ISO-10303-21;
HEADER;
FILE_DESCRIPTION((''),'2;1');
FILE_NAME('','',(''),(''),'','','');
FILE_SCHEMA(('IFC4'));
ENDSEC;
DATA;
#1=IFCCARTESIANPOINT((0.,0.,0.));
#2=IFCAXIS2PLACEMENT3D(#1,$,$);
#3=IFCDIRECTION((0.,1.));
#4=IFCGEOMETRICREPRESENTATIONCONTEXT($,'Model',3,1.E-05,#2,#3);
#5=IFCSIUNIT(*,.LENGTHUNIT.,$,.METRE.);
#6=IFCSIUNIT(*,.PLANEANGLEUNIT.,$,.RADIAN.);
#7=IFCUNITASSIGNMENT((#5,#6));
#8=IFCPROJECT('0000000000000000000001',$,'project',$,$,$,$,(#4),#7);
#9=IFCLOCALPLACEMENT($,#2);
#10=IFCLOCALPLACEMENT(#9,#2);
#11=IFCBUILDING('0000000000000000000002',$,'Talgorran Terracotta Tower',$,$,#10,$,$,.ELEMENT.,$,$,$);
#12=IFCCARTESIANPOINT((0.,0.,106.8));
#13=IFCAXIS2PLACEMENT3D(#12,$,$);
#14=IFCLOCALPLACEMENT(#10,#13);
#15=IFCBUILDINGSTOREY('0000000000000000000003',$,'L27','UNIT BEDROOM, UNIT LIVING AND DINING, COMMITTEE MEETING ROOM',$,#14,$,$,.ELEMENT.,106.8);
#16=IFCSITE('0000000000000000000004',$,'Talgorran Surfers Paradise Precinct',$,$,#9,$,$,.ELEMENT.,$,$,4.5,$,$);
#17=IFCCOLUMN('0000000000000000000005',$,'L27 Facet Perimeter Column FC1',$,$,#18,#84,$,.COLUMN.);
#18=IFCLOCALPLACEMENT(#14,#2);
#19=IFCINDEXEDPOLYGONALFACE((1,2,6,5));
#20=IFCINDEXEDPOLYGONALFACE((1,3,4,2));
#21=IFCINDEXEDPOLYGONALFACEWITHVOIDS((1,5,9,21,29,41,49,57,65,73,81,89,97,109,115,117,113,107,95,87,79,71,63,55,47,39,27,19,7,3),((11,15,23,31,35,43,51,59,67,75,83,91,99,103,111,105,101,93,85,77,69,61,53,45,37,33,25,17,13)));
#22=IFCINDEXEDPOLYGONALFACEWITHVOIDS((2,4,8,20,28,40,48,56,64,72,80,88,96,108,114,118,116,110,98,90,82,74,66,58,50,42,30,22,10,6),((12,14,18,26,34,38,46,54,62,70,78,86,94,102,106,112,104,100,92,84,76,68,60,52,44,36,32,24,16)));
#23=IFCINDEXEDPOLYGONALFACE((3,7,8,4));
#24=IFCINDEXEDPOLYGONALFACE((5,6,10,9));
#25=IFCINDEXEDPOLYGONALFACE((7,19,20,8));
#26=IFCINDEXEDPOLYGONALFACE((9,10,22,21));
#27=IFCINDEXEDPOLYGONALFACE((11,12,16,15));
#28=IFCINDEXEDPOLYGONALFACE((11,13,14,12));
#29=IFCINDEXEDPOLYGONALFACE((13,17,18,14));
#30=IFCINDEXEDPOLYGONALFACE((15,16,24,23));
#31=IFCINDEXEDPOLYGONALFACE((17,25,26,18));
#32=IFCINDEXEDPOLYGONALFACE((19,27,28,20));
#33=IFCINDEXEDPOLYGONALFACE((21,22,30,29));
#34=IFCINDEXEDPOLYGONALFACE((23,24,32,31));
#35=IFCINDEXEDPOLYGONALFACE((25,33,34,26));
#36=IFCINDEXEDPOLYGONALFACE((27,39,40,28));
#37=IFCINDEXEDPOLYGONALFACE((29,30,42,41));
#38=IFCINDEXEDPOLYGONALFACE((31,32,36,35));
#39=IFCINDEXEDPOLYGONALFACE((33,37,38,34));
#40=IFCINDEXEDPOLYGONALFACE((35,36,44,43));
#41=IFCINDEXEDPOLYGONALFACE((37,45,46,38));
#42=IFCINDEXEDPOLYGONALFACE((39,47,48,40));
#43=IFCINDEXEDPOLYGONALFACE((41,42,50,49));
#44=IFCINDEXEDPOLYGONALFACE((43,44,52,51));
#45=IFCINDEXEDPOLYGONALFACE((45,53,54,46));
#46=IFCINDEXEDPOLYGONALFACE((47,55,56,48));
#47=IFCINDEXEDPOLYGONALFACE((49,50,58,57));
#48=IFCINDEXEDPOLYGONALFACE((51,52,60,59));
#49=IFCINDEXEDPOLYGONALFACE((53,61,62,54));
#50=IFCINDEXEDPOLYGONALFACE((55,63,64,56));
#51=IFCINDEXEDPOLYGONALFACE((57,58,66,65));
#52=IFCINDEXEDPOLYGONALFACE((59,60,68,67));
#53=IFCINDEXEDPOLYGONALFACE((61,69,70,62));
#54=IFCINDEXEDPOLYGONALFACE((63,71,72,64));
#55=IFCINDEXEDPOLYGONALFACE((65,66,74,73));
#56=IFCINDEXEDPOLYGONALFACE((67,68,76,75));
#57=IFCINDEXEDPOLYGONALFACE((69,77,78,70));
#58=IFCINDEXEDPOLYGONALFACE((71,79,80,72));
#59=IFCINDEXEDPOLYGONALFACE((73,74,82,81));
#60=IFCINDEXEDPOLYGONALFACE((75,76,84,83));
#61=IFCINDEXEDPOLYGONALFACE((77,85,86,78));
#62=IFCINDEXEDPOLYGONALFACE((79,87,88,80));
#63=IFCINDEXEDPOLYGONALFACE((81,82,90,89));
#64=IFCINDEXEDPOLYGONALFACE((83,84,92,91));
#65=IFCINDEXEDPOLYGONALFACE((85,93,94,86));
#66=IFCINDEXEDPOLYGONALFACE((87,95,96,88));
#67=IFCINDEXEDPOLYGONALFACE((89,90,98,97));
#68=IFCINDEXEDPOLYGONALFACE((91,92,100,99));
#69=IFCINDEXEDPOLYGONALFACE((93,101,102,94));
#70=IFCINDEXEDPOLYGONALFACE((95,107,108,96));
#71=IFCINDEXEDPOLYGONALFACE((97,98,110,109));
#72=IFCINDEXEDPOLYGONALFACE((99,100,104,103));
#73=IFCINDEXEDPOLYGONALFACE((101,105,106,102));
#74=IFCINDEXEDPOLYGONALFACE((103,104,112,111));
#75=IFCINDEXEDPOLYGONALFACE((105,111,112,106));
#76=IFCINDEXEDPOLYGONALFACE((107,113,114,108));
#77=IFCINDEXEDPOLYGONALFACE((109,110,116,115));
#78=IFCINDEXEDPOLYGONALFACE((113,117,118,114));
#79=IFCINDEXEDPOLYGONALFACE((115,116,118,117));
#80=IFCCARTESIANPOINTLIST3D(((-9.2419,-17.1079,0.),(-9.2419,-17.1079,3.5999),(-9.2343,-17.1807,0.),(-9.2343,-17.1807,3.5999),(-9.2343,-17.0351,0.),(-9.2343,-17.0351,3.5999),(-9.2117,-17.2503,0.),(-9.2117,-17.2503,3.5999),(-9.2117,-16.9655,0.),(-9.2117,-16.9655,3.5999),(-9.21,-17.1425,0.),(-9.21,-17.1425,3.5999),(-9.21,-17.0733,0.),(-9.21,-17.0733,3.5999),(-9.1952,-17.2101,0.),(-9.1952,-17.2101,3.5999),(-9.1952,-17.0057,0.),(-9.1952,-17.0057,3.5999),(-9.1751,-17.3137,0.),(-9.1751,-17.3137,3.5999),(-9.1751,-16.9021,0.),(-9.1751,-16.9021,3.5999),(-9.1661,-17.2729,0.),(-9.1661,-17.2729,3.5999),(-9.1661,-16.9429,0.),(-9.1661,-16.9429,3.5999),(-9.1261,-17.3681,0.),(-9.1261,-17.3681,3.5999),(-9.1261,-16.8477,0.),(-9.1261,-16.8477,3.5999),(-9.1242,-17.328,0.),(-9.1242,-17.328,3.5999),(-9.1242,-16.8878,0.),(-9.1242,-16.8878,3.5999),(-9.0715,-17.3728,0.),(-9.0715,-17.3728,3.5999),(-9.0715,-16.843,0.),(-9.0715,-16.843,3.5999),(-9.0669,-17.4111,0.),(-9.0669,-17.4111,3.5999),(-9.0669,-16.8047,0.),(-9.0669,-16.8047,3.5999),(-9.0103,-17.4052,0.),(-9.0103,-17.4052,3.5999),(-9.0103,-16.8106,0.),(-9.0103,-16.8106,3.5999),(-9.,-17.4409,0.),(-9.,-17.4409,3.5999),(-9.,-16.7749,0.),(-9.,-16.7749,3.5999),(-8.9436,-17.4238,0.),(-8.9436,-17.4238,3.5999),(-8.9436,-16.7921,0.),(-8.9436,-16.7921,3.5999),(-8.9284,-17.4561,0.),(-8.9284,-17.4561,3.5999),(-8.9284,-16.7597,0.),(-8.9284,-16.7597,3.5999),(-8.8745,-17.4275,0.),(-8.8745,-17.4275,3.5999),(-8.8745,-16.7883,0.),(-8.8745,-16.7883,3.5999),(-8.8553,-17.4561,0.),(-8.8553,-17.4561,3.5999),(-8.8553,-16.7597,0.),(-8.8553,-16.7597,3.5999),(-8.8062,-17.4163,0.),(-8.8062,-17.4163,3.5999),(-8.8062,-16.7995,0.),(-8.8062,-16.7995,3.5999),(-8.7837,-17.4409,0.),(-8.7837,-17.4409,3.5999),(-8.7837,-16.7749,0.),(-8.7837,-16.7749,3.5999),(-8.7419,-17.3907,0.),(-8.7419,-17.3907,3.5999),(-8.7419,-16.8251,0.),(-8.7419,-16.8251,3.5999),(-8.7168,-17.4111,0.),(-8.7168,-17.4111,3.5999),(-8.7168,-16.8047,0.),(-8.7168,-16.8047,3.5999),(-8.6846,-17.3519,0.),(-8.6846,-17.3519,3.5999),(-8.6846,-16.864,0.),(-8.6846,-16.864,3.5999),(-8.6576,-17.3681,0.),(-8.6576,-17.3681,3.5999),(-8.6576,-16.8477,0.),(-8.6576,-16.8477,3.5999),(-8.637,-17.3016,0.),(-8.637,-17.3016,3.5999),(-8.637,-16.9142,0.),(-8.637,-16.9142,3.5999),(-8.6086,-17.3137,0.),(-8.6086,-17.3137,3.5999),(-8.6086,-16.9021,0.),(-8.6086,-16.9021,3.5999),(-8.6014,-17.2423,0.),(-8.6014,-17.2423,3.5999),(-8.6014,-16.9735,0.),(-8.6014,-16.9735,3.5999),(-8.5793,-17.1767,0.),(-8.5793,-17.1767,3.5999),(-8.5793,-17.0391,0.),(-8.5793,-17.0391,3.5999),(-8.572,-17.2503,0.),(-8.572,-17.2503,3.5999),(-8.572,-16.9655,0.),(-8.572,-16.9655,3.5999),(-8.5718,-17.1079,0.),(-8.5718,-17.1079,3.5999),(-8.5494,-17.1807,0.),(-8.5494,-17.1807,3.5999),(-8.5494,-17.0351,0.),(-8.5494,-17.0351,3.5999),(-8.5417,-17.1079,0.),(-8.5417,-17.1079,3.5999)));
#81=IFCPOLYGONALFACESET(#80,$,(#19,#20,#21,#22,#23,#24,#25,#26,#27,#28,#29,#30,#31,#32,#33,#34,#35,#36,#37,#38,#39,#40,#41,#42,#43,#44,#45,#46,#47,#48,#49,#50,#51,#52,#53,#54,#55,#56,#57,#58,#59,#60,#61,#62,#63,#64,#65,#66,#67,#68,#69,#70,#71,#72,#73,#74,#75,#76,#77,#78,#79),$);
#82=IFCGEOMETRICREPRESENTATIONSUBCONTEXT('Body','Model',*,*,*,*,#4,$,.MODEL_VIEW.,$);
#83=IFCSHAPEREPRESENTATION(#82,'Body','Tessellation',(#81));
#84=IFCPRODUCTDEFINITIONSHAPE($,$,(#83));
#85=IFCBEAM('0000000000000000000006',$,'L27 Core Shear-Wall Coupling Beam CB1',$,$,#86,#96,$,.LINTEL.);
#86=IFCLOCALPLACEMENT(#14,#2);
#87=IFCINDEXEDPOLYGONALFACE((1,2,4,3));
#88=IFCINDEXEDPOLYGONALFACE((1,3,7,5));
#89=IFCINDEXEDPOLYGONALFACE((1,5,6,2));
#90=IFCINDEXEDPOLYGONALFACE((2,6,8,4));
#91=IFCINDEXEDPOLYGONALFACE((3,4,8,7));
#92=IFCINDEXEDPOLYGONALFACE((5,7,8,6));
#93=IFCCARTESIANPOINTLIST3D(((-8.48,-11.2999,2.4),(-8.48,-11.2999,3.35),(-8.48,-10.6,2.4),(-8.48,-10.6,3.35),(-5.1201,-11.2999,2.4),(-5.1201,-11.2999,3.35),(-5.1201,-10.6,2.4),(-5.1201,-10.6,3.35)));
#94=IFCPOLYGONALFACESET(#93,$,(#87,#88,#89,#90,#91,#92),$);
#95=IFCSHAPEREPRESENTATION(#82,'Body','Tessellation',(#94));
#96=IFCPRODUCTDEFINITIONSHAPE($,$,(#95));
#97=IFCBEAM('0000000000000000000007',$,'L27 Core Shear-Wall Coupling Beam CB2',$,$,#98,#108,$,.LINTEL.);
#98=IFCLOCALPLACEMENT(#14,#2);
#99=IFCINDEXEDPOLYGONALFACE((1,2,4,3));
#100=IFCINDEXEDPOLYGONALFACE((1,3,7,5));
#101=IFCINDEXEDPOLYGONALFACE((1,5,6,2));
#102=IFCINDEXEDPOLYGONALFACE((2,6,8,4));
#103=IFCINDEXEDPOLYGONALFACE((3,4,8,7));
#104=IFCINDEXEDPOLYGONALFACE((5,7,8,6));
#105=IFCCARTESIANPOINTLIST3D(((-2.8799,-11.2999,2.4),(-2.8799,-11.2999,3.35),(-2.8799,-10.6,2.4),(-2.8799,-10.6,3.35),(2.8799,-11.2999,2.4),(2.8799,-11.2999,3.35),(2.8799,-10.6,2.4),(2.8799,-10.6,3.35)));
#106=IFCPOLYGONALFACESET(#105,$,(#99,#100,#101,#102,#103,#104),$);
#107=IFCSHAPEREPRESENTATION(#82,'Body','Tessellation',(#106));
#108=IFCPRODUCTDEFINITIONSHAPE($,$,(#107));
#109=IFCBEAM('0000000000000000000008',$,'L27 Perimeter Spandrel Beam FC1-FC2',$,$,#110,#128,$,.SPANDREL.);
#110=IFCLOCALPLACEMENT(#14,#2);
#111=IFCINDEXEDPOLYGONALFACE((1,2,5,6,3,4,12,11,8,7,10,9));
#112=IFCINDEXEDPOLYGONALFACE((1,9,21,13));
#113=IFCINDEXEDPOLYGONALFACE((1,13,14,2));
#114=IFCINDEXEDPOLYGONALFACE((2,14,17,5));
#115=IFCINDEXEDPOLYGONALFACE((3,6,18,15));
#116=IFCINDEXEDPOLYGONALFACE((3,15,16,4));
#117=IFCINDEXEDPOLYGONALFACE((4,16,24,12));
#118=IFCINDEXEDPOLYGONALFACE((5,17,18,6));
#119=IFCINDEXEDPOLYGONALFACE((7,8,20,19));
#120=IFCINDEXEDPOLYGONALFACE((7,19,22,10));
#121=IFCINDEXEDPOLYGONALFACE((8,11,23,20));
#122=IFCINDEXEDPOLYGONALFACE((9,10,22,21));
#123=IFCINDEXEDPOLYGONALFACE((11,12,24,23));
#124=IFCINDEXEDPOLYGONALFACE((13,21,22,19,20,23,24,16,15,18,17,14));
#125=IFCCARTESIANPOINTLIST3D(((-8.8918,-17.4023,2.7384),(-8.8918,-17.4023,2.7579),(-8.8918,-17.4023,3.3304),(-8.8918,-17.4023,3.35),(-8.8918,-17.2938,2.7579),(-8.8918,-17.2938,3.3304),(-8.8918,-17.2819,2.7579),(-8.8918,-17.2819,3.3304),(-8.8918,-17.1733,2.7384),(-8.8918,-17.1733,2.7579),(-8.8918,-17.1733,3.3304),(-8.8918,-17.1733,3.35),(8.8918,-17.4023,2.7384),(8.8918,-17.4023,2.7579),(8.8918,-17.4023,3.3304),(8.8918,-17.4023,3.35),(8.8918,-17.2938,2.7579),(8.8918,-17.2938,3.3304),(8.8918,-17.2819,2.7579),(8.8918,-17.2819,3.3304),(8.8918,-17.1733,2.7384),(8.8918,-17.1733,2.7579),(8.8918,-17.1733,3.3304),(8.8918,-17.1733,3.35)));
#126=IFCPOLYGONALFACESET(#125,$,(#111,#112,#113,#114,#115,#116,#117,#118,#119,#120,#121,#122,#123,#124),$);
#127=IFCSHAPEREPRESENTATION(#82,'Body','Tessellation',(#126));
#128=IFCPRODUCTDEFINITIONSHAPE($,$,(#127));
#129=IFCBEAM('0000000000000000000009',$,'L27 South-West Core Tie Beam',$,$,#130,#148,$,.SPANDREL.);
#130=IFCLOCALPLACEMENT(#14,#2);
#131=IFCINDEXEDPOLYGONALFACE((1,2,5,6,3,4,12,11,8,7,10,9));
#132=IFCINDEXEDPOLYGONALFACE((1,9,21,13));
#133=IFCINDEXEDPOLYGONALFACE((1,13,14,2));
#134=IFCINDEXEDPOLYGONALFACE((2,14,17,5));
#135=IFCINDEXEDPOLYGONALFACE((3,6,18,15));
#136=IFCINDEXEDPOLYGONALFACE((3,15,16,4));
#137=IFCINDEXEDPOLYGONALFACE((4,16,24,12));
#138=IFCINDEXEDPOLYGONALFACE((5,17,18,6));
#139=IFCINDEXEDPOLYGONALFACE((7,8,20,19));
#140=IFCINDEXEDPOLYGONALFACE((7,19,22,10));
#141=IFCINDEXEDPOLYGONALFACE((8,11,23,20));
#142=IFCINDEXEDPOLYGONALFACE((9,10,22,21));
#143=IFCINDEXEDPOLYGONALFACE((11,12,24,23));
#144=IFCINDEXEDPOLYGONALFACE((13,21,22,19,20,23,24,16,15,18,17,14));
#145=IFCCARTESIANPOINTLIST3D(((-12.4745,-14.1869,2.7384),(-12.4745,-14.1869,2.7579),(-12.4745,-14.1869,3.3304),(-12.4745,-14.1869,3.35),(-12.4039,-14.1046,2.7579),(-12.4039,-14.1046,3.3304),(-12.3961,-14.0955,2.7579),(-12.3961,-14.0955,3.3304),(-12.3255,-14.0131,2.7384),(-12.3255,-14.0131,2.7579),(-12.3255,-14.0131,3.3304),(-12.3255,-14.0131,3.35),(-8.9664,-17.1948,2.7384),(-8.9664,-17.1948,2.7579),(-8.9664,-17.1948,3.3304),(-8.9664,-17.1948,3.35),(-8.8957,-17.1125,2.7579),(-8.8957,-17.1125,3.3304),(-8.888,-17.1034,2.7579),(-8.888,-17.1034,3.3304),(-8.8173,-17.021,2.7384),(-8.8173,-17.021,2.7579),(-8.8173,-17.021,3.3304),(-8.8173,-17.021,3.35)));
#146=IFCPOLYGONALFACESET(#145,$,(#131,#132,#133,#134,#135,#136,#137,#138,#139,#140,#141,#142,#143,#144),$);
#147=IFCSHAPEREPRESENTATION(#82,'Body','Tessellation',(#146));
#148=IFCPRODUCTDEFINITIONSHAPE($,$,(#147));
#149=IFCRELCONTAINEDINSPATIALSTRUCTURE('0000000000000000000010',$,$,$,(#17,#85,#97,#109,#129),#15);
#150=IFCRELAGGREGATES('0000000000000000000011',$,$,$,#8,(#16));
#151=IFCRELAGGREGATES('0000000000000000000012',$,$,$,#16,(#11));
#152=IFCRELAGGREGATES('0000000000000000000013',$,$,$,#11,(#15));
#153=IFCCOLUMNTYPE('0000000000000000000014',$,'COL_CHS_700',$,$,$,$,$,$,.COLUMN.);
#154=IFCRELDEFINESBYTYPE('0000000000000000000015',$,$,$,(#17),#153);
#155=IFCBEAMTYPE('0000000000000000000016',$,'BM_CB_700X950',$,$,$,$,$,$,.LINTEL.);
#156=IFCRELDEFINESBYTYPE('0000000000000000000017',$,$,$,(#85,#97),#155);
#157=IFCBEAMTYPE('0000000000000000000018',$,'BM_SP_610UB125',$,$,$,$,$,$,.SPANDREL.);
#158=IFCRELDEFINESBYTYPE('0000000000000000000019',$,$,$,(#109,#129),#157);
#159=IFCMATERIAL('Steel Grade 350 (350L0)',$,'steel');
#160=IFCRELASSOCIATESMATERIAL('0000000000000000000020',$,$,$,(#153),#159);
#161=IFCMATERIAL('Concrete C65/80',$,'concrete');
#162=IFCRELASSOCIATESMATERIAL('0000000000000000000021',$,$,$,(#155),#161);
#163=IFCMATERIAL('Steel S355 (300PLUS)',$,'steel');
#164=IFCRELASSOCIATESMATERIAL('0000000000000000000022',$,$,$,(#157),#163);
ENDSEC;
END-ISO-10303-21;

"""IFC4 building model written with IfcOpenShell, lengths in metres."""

from ifc_helpers import new_model, si_unit, direction, frame, origin, origin_2d, place, context, subcontext, project, spatial, rectangle, hollow_circle, i_section, extrude, material, material_profile, profile_set, type_object, element, save


model = new_model("IFC4")

# Units and contexts
model_context = context("Model", 3, precision=1e-05, world=origin(), true_north=direction((0.0, 1.0)))
body_context = subcontext(model_context, "Body", "Model", "MODEL_VIEW")
ifc_project = project(units=[si_unit("LENGTHUNIT", "METRE"), si_unit("PLANEANGLEUNIT", "RADIAN")], contexts=[model_context])

# Site, building, storey
site_placement = place(None, origin())
site = spatial("IfcSite", under=ifc_project, at=site_placement, Name="Talgorran Surfers Paradise Precinct", CompositionType="ELEMENT", RefElevation=4.5)
building_placement = place(site_placement, origin())
building = spatial("IfcBuilding", under=site, at=building_placement, Name="Talgorran Terracotta Tower", CompositionType="ELEMENT")
storey_placement = place(building_placement, frame((0.0, 0.0, 106.8)))
storey = spatial("IfcBuildingStorey", under=building, at=storey_placement, Name="L27", Description="UNIT BEDROOM, UNIT LIVING AND DINING, COMMITTEE MEETING ROOM", CompositionType="ELEMENT", Elevation=106.8)

# Column
ifc_material_1 = material(Name="Steel Grade 350 (350L0)", Category="steel")
ifc_material_profile_1 = material_profile(ifc_material_1, hollow_circle(Radius=0.3501, WallThickness=0.03, at=origin_2d()), Name="CHS700X30")
ifc_profile_set_1 = profile_set([ifc_material_profile_1], Name="Steel Grade 350 (350L0)")
column_type = type_object("IfcColumnType", Name="COL_CHS_700", PredefinedType="COLUMN", material=ifc_profile_set_1)
column_placement = place(storey_placement, frame((-8.8918, -17.1079, 0.0), z_axis=(0.0, 0.0, 1.0), x_axis=(1.0, 0.0, 0.0)))
element("IfcColumn", 1, at=column_placement, inside=storey, type_object=column_type, Name="L27 Facet Perimeter Column FC1", PredefinedType="COLUMN", context=body_context, shape_type="SweptSolid", body=[
    extrude(hollow_circle(Radius=0.3501, WallThickness=0.03, at=origin_2d()), origin(), (0.0, 0.0, 1.0), 3.5999),
])

# Beams
ifc_material_2 = material(Name="Concrete C65/80", Category="concrete")
ifc_material_profile_2 = material_profile(ifc_material_2, rectangle(XDim=0.7, YDim=0.95, at=origin_2d()), Name="RCCB700X950")
ifc_profile_set_2 = profile_set([ifc_material_profile_2], Name="Concrete C65/80")
beam_type_1 = type_object("IfcBeamType", Name="BM_CB_700X950", PredefinedType="LINTEL", material=ifc_profile_set_2)
beam_1_placement = place(storey_placement, frame((-8.48, -10.95, 2.875), z_axis=(1.0, 0.0, 0.0), x_axis=(0.0, 1.0, 0.0)))
element("IfcBeam", 2, at=beam_1_placement, inside=storey, type_object=beam_type_1, Name="L27 Core Shear-Wall Coupling Beam CB1", PredefinedType="LINTEL", context=body_context, shape_type="SweptSolid", body=[
    extrude(rectangle(XDim=0.7, YDim=0.95, at=origin_2d()), origin(), (0.0, 0.0, 1.0), 3.3599),
])
beam_2_placement = place(storey_placement, frame((-2.8799, -10.95, 2.875), z_axis=(1.0, 0.0, 0.0), x_axis=(0.0, 1.0, 0.0)))
element("IfcBeam", 3, at=beam_2_placement, inside=storey, type_object=beam_type_1, Name="L27 Core Shear-Wall Coupling Beam CB2", PredefinedType="LINTEL", context=body_context, shape_type="SweptSolid", body=[
    extrude(rectangle(XDim=0.7, YDim=0.95, at=origin_2d()), origin(), (0.0, 0.0, 1.0), 5.7598),
])
ifc_material_3 = material(Name="Steel S355 (300PLUS)", Category="steel")
ifc_material_profile_3 = material_profile(ifc_material_3, i_section(OverallWidth=0.229, OverallDepth=0.6116, WebThickness=0.012, FlangeThickness=0.0195, at=origin_2d()), Name="610UB125")
ifc_profile_set_3 = profile_set([ifc_material_profile_3], Name="Steel S355 (300PLUS)")
beam_type_2 = type_object("IfcBeamType", Name="BM_SP_610UB125", PredefinedType="SPANDREL", material=ifc_profile_set_3)
beam_3_placement = place(storey_placement, frame((-8.8918, -17.2878, 3.0442), z_axis=(1.0, 0.0, 0.0), x_axis=(0.0, 1.0, 0.0)))
element("IfcBeam", 4, at=beam_3_placement, inside=storey, type_object=beam_type_2, Name="L27 Perimeter Spandrel Beam FC1-FC2", PredefinedType="SPANDREL", context=body_context, shape_type="SweptSolid", body=[
    extrude(i_section(OverallWidth=0.229, OverallDepth=0.6116, WebThickness=0.012, FlangeThickness=0.0195, at=origin_2d()), origin(), (0.0, 0.0, 1.0), 17.7837),
])
beam_4_placement = place(storey_placement, frame((-8.8918, -17.1079, 3.0442), z_axis=(-0.75916, 0.650904, 0.0), x_axis=(-0.650904, -0.75916, 0.0)))
element("IfcBeam", 5, at=beam_4_placement, inside=storey, type_object=beam_type_2, Name="L27 South-West Core Tie Beam", PredefinedType="SPANDREL", context=body_context, shape_type="SweptSolid", body=[
    extrude(i_section(OverallWidth=0.229, OverallDepth=0.6116, WebThickness=0.012, FlangeThickness=0.0195, at=origin_2d()), origin(), (0.0, 0.0, 1.0), 4.6211),
])

save(model, "model.ifc")
